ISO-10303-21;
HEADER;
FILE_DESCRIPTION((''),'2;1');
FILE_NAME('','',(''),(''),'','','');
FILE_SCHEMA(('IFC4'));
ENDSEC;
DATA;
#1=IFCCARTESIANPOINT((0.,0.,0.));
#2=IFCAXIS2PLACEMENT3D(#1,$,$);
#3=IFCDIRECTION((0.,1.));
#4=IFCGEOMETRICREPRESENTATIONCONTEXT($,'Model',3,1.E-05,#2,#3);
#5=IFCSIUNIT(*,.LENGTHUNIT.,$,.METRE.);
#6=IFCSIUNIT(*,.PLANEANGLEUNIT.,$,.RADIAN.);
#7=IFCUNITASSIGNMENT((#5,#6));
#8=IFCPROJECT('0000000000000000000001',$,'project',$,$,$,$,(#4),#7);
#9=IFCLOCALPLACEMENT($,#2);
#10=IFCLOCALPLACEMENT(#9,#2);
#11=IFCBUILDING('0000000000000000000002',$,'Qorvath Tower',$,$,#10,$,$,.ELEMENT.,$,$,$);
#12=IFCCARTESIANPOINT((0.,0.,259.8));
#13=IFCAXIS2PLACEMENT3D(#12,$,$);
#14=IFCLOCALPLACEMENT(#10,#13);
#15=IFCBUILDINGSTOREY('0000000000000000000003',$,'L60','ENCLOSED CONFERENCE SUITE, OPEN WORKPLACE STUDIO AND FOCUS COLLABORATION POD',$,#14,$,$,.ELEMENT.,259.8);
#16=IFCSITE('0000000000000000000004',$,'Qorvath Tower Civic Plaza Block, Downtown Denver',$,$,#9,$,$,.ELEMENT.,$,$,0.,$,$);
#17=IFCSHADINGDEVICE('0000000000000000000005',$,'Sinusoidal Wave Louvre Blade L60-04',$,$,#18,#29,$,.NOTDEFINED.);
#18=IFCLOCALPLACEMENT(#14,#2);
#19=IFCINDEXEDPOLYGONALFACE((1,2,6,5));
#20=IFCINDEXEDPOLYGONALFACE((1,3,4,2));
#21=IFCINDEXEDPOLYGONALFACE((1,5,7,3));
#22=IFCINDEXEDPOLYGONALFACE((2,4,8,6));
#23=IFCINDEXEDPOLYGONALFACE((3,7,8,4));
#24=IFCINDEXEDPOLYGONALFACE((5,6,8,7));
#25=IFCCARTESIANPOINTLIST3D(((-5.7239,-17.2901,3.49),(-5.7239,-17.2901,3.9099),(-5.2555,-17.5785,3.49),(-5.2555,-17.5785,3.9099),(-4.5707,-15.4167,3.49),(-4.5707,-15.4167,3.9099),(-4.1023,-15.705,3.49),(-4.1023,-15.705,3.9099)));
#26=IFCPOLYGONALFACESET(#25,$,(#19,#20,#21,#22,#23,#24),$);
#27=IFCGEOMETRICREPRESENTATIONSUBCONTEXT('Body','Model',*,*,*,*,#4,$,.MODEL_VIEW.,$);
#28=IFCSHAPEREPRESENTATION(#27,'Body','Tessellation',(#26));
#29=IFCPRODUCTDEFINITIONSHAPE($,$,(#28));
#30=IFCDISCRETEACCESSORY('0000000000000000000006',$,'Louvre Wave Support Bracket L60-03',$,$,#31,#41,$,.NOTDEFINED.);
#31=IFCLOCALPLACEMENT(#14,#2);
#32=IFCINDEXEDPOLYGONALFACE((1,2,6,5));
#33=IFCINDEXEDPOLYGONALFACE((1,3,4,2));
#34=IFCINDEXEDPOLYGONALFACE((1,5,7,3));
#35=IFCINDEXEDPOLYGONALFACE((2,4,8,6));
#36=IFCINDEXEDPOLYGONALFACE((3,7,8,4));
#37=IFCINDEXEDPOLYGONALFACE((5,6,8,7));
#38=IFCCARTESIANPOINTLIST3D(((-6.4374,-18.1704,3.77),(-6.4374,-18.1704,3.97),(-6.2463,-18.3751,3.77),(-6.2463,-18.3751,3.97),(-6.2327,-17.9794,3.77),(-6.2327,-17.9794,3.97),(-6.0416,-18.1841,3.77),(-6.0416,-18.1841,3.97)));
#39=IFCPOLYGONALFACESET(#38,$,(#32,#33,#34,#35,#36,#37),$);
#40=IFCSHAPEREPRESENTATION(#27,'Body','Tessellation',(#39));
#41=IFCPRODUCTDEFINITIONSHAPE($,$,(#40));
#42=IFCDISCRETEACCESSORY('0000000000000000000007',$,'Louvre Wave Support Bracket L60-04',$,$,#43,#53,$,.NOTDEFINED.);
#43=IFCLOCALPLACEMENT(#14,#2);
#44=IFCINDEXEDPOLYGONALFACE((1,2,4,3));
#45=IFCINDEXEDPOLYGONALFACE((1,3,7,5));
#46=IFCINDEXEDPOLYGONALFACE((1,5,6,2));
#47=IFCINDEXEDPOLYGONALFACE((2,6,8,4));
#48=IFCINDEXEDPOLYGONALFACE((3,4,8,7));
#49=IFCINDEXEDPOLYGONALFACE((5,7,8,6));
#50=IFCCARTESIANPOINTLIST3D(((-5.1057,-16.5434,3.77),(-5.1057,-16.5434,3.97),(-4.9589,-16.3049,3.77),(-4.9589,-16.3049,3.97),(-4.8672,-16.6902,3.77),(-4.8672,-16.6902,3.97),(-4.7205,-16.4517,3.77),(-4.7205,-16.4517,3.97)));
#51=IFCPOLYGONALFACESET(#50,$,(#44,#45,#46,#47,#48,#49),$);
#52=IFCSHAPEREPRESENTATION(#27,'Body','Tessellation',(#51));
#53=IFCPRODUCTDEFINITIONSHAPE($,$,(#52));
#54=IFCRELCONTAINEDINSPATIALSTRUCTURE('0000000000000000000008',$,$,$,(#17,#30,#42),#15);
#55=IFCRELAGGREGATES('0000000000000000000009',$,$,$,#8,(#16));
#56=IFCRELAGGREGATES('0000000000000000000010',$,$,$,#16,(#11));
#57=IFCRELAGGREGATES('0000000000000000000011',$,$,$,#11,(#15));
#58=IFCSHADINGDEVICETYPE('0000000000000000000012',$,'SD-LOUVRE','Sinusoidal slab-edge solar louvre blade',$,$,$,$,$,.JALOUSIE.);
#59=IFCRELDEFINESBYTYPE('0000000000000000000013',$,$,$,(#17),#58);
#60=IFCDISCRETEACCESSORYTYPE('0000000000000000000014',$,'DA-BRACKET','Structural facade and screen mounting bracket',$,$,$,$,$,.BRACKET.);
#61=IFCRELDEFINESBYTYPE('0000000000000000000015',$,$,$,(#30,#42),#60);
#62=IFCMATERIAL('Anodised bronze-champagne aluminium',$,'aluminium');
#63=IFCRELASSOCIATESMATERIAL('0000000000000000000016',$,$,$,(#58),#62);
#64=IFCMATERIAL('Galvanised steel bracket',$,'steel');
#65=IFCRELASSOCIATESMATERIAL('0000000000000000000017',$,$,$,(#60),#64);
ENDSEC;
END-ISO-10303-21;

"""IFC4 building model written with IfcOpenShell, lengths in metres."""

from ifc_helpers import new_model, si_unit, direction, frame, origin, origin_2d, place, context, subcontext, project, spatial, rectangle, extrude, material, type_object, element, save


model = new_model("IFC4")

# Units and contexts
model_context = context("Model", 3, precision=1e-05, world=origin(), true_north=direction((0.0, 1.0)))
body_context = subcontext(model_context, "Body", "Model", "MODEL_VIEW")
ifc_project = project(units=[si_unit("LENGTHUNIT", "METRE"), si_unit("PLANEANGLEUNIT", "RADIAN")], contexts=[model_context])

# Site, building, storey
site_placement = place(None, origin())
site = spatial("IfcSite", under=ifc_project, at=site_placement, Name="Qorvath Tower Civic Plaza Block, Downtown Denver", CompositionType="ELEMENT", RefElevation=0.0)
building_placement = place(site_placement, origin())
building = spatial("IfcBuilding", under=site, at=building_placement, Name="Qorvath Tower", CompositionType="ELEMENT")
storey_placement = place(building_placement, frame((0.0, 0.0, 259.8)))
storey = spatial("IfcBuildingStorey", under=building, at=storey_placement, Name="L60", Description="ENCLOSED CONFERENCE SUITE, OPEN WORKPLACE STUDIO AND FOCUS COLLABORATION POD", CompositionType="ELEMENT", Elevation=259.8)

# Shading device
ifc_material_1 = material(Name="Anodised bronze-champagne aluminium", Category="aluminium")
shading_device_type = type_object("IfcShadingDeviceType", Name="SD-LOUVRE", Description="Sinusoidal slab-edge solar louvre blade", PredefinedType="JALOUSIE", material=ifc_material_1)
for number, where, z_axis, x_axis, name in (
    (1, (-4.9131, -16.4976, 3.49), (0.0, 0.0, 1.0), (0.524191, 0.851601, 0.0), "Sinusoidal Wave Louvre Blade L60-04"),
):
    element("IfcShadingDevice", number, at=place(storey_placement, frame(where, z_axis=z_axis, x_axis=x_axis)), inside=storey, type_object=shading_device_type, Name=name, PredefinedType="NOTDEFINED", context=body_context, shape_type="SweptSolid", body=[
        extrude(rectangle(XDim=2.2, YDim=0.55, at=origin_2d()), origin(), (0.0, 0.0, 1.0), 0.4199),
    ])

# Discrete accessories
ifc_material_2 = material(Name="Galvanised steel bracket", Category="steel")
discrete_accessory_type = type_object("IfcDiscreteAccessoryType", Name="DA-BRACKET", Description="Structural facade and screen mounting bracket", PredefinedType="BRACKET", material=ifc_material_2)
for number, where, z_axis, x_axis, name in (
    (2, (-6.2395, -18.1772, 3.77), (0.0, 0.0, 1.0), (0.731025, 0.682351, 0.0), "Louvre Wave Support Bracket L60-03"),
    (3, (-4.9131, -16.4976, 3.77), (0.0, 0.0, 1.0), (0.524191, 0.851601, 0.0), "Louvre Wave Support Bracket L60-04"),
):
    element("IfcDiscreteAccessory", number, at=place(storey_placement, frame(where, z_axis=z_axis, x_axis=x_axis)), inside=storey, type_object=discrete_accessory_type, Name=name, PredefinedType="NOTDEFINED", context=body_context, shape_type="SweptSolid", body=[
        extrude(rectangle(XDim=0.28, YDim=0.28, at=origin_2d()), origin(), (0.0, 0.0, 1.0), 0.2),
    ])

save(model, "model.ifc")
